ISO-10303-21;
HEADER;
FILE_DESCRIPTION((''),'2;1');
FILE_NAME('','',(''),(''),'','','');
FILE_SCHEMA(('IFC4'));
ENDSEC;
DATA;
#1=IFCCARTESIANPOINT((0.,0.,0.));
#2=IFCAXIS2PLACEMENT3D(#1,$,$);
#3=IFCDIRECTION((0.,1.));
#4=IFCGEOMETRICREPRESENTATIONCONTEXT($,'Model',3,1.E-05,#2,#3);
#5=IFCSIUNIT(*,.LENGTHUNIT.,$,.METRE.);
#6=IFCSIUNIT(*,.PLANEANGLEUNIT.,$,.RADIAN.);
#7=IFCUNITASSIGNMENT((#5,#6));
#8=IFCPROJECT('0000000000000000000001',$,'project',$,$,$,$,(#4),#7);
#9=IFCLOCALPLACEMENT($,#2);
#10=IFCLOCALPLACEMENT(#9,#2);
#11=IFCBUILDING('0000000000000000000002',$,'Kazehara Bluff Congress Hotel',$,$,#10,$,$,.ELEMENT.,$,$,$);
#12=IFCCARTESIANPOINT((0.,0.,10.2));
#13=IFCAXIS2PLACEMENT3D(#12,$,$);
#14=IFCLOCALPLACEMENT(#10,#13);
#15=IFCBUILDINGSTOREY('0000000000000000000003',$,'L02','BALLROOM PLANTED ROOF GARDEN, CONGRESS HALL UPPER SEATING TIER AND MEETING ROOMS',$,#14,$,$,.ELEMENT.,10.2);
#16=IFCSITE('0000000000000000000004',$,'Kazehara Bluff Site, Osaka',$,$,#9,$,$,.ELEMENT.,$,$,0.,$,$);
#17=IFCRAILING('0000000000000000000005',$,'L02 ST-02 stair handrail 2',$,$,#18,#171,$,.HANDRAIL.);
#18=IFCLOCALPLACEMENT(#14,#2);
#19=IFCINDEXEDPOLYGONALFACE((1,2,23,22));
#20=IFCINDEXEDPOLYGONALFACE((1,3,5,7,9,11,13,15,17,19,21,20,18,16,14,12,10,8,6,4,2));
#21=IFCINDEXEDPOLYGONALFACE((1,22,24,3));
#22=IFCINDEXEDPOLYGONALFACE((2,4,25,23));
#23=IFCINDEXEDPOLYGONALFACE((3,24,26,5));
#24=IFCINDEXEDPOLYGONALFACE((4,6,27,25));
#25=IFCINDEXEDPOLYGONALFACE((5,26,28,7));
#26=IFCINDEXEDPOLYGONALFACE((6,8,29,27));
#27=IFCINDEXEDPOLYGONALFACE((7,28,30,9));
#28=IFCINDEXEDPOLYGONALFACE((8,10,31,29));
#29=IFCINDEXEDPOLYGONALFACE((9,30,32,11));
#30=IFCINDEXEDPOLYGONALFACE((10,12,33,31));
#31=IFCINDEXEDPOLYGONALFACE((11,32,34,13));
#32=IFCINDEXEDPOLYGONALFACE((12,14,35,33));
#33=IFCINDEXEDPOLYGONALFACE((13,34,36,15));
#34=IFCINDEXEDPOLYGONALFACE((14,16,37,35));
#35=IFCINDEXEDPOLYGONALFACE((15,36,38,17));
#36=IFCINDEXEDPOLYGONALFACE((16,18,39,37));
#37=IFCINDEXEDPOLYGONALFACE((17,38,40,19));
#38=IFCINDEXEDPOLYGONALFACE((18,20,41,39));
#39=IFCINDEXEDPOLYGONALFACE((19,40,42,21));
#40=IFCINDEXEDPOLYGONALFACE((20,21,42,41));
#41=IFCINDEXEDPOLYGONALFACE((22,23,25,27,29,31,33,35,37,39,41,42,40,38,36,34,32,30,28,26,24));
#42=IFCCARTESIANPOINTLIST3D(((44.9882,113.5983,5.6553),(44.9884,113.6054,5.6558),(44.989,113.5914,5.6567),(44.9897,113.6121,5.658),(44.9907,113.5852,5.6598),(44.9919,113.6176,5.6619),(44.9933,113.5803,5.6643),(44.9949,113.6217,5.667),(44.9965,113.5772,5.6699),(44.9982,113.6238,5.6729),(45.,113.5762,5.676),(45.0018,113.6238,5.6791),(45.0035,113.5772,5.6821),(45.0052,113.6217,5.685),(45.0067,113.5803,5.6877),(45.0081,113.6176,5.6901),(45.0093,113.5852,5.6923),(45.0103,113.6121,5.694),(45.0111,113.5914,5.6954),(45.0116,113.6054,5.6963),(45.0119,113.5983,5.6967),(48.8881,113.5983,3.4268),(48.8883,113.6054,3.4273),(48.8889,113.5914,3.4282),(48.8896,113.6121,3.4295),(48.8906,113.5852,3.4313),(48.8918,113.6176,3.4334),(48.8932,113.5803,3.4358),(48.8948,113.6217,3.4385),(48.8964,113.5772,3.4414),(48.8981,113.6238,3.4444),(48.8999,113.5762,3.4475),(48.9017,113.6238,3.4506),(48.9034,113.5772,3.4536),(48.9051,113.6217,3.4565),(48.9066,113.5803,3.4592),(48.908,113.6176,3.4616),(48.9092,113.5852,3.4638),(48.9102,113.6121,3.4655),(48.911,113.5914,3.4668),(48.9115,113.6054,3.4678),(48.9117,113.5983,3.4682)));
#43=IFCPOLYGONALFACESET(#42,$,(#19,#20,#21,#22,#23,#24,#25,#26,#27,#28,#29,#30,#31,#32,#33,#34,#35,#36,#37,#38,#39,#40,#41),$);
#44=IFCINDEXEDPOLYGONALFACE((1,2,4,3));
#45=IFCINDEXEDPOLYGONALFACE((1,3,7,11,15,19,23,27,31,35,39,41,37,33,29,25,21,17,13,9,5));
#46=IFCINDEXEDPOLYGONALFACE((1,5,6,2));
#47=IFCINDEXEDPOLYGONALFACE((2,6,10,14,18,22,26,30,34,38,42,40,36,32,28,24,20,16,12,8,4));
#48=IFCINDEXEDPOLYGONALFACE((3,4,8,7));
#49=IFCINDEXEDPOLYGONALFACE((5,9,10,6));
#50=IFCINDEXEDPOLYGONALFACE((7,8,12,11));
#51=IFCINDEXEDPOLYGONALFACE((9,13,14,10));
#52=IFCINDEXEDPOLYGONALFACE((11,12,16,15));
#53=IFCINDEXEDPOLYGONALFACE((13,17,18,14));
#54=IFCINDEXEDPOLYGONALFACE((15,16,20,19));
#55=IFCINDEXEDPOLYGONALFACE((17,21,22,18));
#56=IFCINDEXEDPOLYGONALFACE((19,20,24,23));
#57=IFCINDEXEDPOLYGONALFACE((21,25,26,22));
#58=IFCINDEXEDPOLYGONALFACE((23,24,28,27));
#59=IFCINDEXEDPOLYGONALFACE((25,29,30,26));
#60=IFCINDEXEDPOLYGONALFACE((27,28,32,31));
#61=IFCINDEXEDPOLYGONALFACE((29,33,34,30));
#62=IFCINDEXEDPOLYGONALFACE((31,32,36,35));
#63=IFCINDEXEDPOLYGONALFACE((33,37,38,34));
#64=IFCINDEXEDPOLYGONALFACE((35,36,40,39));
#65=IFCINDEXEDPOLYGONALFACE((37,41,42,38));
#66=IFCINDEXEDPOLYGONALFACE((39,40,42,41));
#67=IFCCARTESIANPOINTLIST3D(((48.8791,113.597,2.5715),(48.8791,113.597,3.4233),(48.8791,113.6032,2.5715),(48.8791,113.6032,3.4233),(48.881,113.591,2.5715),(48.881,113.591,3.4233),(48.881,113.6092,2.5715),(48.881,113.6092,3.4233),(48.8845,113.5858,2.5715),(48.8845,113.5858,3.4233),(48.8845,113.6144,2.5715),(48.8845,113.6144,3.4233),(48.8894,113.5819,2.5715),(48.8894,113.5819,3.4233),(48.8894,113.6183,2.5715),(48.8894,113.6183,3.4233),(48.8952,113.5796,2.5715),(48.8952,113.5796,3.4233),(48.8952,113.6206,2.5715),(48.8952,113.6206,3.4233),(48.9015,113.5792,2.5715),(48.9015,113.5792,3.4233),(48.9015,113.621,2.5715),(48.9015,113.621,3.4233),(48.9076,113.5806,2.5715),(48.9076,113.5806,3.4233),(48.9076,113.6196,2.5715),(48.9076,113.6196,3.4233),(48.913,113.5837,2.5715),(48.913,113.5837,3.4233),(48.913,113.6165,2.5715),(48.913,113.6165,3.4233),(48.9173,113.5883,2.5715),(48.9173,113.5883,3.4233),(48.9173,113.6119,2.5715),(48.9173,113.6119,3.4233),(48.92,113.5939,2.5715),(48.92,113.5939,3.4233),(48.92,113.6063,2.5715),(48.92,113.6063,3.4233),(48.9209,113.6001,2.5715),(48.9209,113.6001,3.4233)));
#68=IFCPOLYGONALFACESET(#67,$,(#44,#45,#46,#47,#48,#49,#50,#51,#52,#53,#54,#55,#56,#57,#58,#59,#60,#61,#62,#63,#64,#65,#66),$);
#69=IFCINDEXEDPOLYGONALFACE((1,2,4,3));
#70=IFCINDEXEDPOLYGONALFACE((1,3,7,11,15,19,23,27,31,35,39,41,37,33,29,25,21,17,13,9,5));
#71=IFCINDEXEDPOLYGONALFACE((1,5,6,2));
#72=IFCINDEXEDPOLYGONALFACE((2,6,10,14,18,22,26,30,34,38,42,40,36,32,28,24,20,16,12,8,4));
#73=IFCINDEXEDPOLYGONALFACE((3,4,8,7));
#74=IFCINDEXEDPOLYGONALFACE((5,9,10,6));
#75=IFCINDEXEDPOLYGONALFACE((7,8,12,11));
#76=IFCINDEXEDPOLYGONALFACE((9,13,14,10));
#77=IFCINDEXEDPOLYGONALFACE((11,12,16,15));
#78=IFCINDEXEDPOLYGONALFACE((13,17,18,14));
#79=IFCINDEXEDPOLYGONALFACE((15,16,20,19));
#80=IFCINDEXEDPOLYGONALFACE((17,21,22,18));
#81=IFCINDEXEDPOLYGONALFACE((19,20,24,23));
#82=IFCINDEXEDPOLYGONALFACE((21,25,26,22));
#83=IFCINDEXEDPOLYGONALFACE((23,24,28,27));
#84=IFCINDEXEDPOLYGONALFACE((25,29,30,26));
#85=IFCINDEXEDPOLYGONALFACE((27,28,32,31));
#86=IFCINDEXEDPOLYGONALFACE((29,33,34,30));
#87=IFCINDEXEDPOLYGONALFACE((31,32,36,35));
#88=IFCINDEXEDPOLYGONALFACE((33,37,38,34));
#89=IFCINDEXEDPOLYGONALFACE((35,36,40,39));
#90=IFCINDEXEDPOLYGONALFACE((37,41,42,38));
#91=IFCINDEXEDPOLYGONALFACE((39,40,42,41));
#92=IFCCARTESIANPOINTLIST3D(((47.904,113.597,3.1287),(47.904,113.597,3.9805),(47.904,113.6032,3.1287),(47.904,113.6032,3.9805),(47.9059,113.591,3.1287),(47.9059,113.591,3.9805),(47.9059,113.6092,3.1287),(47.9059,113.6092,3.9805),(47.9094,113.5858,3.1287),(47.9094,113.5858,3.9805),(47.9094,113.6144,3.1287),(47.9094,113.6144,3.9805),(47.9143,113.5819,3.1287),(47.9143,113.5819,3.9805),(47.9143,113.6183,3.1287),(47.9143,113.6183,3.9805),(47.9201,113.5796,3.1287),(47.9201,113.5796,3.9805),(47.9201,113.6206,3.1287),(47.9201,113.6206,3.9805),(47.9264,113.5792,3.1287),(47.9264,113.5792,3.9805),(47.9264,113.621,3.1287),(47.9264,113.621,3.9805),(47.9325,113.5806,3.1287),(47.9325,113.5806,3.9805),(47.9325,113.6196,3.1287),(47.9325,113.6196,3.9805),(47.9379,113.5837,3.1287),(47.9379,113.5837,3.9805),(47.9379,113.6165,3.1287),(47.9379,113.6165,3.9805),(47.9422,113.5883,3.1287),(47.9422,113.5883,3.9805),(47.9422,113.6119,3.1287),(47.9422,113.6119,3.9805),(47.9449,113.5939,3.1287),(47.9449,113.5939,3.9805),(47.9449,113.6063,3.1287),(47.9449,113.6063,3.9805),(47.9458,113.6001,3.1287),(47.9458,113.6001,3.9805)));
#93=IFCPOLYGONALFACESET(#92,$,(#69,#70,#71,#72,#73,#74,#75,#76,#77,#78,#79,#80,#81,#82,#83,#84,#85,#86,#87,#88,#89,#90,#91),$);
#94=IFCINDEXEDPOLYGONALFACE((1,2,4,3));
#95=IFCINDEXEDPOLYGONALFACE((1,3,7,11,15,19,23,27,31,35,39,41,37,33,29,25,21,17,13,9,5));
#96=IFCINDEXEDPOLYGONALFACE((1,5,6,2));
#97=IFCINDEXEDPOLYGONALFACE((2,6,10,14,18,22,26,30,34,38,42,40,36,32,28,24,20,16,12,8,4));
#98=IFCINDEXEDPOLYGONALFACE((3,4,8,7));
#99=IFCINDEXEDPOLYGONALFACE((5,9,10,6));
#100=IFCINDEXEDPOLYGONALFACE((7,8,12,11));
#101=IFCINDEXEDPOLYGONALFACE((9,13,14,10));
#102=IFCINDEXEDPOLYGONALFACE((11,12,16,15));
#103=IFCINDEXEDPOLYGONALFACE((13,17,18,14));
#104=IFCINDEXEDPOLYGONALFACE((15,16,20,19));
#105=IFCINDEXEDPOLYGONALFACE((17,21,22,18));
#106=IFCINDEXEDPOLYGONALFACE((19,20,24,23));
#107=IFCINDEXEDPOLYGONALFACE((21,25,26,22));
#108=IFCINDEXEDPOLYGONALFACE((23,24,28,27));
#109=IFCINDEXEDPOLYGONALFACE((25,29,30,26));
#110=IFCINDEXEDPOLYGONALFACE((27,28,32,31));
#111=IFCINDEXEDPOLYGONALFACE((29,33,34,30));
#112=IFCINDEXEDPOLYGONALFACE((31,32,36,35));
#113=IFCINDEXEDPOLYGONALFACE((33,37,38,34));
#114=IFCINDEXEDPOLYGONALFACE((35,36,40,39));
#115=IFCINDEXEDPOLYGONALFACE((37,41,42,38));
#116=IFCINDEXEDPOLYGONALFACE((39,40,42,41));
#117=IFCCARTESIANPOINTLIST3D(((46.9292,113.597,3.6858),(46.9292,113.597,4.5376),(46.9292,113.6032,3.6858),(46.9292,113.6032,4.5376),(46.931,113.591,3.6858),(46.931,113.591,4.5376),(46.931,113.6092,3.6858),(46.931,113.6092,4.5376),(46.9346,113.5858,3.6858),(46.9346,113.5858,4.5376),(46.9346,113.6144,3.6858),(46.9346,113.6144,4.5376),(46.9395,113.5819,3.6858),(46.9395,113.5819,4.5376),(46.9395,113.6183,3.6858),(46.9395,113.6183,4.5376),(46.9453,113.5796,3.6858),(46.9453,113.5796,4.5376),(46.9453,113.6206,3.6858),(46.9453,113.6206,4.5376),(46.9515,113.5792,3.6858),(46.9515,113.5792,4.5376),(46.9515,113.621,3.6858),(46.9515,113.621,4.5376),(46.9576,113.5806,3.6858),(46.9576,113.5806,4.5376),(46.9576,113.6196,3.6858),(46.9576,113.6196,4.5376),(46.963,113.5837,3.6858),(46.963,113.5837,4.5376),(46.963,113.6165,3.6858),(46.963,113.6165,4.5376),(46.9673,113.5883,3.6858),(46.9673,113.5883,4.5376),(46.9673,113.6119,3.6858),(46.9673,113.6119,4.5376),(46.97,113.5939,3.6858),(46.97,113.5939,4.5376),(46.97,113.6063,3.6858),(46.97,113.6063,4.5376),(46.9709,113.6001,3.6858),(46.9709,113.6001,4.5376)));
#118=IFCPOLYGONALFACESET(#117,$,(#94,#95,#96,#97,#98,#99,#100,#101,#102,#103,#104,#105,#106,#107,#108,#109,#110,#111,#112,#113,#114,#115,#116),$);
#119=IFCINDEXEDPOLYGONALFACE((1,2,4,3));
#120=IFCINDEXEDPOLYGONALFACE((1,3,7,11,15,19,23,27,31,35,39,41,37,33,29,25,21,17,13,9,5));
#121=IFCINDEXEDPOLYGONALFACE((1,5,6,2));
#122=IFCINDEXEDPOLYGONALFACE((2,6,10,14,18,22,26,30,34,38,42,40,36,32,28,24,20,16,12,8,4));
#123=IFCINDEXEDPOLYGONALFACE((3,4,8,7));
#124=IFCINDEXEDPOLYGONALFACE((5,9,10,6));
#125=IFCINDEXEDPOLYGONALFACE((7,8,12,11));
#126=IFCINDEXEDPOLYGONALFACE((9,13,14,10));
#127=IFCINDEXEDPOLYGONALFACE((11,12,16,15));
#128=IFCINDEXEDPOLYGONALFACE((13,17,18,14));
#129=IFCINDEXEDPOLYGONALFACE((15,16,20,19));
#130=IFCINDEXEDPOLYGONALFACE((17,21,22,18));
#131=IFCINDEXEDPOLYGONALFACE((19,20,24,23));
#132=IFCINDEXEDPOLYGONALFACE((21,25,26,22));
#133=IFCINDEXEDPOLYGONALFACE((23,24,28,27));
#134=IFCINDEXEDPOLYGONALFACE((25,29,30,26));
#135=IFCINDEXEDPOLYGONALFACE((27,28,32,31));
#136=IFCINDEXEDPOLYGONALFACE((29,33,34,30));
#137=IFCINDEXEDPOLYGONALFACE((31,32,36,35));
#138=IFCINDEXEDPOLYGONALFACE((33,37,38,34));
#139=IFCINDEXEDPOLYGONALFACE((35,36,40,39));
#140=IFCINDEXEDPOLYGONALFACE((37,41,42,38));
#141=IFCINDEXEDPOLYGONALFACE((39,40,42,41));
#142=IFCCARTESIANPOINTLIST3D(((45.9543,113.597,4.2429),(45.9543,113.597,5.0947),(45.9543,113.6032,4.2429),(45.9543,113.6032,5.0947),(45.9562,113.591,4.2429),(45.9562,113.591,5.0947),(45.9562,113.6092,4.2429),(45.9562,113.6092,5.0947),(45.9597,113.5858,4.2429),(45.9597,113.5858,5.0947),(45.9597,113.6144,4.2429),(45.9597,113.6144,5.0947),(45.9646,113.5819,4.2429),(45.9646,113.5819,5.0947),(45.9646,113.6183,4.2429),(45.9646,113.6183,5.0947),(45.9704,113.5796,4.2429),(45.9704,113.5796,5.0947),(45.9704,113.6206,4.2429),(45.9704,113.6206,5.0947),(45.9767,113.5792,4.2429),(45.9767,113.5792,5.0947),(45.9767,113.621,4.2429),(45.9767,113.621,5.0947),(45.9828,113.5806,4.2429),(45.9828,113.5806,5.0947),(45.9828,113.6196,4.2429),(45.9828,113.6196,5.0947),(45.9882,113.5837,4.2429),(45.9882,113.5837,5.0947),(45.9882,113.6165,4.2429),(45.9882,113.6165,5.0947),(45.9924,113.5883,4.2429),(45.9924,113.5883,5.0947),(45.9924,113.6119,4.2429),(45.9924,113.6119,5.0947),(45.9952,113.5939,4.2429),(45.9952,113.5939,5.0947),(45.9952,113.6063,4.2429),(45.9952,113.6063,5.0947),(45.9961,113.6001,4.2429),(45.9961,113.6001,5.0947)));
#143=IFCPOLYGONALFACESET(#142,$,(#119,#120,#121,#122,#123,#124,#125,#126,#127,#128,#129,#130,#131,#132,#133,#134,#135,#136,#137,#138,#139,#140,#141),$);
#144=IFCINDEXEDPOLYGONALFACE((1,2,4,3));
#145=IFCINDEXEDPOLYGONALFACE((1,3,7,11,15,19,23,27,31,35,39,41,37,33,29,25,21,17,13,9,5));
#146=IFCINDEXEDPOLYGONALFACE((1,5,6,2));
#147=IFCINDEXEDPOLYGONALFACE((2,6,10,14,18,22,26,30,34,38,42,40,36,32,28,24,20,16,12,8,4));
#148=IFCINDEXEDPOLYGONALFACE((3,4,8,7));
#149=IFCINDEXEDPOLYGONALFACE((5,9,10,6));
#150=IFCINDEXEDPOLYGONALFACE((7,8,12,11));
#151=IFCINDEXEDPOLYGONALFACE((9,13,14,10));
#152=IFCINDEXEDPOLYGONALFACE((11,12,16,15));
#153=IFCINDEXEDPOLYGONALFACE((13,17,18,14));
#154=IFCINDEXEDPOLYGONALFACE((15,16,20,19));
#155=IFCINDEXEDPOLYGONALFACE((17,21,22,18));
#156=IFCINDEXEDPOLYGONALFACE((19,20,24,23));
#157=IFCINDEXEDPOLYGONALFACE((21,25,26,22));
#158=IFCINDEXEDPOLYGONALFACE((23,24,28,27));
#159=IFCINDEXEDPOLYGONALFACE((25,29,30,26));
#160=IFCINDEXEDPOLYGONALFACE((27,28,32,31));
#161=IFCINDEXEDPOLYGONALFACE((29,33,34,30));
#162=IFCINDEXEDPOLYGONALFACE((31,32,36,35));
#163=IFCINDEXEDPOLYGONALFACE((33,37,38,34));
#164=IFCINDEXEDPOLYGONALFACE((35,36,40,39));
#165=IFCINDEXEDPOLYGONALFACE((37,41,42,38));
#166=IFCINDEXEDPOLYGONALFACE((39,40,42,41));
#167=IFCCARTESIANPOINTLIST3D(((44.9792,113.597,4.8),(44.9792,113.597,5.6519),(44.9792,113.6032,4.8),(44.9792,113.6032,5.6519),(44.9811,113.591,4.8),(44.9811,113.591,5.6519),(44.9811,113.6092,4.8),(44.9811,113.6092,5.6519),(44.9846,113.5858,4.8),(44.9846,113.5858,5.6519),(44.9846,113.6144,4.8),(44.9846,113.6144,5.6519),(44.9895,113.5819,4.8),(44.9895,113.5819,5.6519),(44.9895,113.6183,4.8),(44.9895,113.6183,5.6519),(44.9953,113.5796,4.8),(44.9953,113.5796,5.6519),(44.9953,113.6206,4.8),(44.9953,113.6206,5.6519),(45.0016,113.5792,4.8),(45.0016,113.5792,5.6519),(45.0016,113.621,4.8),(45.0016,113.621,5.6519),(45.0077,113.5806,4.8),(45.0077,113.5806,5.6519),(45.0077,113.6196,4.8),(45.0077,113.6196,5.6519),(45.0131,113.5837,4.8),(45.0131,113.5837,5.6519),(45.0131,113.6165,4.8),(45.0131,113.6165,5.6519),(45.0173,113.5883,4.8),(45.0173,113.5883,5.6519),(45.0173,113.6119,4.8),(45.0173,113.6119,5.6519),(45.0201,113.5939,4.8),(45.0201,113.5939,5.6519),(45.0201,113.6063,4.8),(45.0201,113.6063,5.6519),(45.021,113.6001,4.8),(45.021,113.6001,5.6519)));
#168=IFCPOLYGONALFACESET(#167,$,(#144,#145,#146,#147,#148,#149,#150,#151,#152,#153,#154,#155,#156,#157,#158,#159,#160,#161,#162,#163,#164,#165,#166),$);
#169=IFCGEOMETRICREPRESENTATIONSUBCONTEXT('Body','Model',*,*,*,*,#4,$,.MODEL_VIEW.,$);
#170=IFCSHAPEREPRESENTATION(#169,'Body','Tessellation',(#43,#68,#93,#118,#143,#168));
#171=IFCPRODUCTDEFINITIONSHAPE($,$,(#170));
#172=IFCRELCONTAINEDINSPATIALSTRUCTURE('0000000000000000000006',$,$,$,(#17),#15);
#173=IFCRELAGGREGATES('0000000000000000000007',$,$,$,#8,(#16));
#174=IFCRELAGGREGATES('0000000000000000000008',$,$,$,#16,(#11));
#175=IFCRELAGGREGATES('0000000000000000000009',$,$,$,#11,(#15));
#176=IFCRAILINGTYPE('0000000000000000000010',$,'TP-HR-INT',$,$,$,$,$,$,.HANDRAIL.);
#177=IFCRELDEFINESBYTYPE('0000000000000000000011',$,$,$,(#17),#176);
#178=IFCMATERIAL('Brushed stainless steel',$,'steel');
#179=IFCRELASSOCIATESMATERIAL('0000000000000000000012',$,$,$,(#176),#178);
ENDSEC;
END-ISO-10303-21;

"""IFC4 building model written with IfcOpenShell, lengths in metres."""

from ifc_helpers import new_model, si_unit, direction, frame, origin, origin_2d, place, context, subcontext, project, spatial, circle, extrude, material, type_object, element, save


model = new_model("IFC4")

# Units and contexts
model_context = context("Model", 3, precision=1e-05, world=origin(), true_north=direction((0.0, 1.0)))
body_context = subcontext(model_context, "Body", "Model", "MODEL_VIEW")
ifc_project = project(units=[si_unit("LENGTHUNIT", "METRE"), si_unit("PLANEANGLEUNIT", "RADIAN")], contexts=[model_context])

# Site, building, storey
site_placement = place(None, origin())
site = spatial("IfcSite", under=ifc_project, at=site_placement, Name="Kazehara Bluff Site, Osaka", CompositionType="ELEMENT", RefElevation=0.0)
building_placement = place(site_placement, origin())
building = spatial("IfcBuilding", under=site, at=building_placement, Name="Kazehara Bluff Congress Hotel", CompositionType="ELEMENT")
storey_placement = place(building_placement, frame((0.0, 0.0, 10.2)))
storey = spatial("IfcBuildingStorey", under=building, at=storey_placement, Name="L02", Description="BALLROOM PLANTED ROOF GARDEN, CONGRESS HALL UPPER SEATING TIER AND MEETING ROOMS", CompositionType="ELEMENT", Elevation=10.2)

# Railing
ifc_material_1 = material(Name="Brushed stainless steel", Category="steel")
railing_type_1 = type_object("IfcRailingType", Name="TP-HR-INT", PredefinedType="HANDRAIL", material=ifc_material_1)
railing_1_placement = place(storey_placement, frame((48.8999, 113.6001, 2.5715)))
element("IfcRailing", 1, at=railing_1_placement, inside=storey, type_object=railing_type_1, Name="L02 ST-02 stair handrail 2", PredefinedType="HANDRAIL", context=body_context, shape_type="SweptSolid", body=[
    extrude(circle(Radius=0.0239, at=origin_2d()), frame((0.0, 0.0, 0.876), z_axis=(-0.868243, 0.0, 0.496139), x_axis=(0.0, -1.0, 0.0)), (0.0, 0.0, 1.0), 4.4917),
    extrude(circle(Radius=0.021, at=origin_2d()), origin(), (0.0, 0.0, 1.0), 0.8518),
    extrude(circle(Radius=0.021, at=origin_2d()), frame((-0.9751, 0.0, 0.5571)), (0.0, 0.0, 1.0), 0.8518),
    extrude(circle(Radius=0.021, at=origin_2d()), frame((-1.95, 0.0, 1.1143)), (0.0, 0.0, 1.0), 0.8518),
    extrude(circle(Radius=0.021, at=origin_2d()), frame((-2.9248, 0.0, 1.6714)), (0.0, 0.0, 1.0), 0.8518),
    extrude(circle(Radius=0.021, at=origin_2d()), frame((-3.8999, 0.0, 2.2285)), (0.0, 0.0, 1.0), 0.8518),
])

save(model, "model.ifc")
